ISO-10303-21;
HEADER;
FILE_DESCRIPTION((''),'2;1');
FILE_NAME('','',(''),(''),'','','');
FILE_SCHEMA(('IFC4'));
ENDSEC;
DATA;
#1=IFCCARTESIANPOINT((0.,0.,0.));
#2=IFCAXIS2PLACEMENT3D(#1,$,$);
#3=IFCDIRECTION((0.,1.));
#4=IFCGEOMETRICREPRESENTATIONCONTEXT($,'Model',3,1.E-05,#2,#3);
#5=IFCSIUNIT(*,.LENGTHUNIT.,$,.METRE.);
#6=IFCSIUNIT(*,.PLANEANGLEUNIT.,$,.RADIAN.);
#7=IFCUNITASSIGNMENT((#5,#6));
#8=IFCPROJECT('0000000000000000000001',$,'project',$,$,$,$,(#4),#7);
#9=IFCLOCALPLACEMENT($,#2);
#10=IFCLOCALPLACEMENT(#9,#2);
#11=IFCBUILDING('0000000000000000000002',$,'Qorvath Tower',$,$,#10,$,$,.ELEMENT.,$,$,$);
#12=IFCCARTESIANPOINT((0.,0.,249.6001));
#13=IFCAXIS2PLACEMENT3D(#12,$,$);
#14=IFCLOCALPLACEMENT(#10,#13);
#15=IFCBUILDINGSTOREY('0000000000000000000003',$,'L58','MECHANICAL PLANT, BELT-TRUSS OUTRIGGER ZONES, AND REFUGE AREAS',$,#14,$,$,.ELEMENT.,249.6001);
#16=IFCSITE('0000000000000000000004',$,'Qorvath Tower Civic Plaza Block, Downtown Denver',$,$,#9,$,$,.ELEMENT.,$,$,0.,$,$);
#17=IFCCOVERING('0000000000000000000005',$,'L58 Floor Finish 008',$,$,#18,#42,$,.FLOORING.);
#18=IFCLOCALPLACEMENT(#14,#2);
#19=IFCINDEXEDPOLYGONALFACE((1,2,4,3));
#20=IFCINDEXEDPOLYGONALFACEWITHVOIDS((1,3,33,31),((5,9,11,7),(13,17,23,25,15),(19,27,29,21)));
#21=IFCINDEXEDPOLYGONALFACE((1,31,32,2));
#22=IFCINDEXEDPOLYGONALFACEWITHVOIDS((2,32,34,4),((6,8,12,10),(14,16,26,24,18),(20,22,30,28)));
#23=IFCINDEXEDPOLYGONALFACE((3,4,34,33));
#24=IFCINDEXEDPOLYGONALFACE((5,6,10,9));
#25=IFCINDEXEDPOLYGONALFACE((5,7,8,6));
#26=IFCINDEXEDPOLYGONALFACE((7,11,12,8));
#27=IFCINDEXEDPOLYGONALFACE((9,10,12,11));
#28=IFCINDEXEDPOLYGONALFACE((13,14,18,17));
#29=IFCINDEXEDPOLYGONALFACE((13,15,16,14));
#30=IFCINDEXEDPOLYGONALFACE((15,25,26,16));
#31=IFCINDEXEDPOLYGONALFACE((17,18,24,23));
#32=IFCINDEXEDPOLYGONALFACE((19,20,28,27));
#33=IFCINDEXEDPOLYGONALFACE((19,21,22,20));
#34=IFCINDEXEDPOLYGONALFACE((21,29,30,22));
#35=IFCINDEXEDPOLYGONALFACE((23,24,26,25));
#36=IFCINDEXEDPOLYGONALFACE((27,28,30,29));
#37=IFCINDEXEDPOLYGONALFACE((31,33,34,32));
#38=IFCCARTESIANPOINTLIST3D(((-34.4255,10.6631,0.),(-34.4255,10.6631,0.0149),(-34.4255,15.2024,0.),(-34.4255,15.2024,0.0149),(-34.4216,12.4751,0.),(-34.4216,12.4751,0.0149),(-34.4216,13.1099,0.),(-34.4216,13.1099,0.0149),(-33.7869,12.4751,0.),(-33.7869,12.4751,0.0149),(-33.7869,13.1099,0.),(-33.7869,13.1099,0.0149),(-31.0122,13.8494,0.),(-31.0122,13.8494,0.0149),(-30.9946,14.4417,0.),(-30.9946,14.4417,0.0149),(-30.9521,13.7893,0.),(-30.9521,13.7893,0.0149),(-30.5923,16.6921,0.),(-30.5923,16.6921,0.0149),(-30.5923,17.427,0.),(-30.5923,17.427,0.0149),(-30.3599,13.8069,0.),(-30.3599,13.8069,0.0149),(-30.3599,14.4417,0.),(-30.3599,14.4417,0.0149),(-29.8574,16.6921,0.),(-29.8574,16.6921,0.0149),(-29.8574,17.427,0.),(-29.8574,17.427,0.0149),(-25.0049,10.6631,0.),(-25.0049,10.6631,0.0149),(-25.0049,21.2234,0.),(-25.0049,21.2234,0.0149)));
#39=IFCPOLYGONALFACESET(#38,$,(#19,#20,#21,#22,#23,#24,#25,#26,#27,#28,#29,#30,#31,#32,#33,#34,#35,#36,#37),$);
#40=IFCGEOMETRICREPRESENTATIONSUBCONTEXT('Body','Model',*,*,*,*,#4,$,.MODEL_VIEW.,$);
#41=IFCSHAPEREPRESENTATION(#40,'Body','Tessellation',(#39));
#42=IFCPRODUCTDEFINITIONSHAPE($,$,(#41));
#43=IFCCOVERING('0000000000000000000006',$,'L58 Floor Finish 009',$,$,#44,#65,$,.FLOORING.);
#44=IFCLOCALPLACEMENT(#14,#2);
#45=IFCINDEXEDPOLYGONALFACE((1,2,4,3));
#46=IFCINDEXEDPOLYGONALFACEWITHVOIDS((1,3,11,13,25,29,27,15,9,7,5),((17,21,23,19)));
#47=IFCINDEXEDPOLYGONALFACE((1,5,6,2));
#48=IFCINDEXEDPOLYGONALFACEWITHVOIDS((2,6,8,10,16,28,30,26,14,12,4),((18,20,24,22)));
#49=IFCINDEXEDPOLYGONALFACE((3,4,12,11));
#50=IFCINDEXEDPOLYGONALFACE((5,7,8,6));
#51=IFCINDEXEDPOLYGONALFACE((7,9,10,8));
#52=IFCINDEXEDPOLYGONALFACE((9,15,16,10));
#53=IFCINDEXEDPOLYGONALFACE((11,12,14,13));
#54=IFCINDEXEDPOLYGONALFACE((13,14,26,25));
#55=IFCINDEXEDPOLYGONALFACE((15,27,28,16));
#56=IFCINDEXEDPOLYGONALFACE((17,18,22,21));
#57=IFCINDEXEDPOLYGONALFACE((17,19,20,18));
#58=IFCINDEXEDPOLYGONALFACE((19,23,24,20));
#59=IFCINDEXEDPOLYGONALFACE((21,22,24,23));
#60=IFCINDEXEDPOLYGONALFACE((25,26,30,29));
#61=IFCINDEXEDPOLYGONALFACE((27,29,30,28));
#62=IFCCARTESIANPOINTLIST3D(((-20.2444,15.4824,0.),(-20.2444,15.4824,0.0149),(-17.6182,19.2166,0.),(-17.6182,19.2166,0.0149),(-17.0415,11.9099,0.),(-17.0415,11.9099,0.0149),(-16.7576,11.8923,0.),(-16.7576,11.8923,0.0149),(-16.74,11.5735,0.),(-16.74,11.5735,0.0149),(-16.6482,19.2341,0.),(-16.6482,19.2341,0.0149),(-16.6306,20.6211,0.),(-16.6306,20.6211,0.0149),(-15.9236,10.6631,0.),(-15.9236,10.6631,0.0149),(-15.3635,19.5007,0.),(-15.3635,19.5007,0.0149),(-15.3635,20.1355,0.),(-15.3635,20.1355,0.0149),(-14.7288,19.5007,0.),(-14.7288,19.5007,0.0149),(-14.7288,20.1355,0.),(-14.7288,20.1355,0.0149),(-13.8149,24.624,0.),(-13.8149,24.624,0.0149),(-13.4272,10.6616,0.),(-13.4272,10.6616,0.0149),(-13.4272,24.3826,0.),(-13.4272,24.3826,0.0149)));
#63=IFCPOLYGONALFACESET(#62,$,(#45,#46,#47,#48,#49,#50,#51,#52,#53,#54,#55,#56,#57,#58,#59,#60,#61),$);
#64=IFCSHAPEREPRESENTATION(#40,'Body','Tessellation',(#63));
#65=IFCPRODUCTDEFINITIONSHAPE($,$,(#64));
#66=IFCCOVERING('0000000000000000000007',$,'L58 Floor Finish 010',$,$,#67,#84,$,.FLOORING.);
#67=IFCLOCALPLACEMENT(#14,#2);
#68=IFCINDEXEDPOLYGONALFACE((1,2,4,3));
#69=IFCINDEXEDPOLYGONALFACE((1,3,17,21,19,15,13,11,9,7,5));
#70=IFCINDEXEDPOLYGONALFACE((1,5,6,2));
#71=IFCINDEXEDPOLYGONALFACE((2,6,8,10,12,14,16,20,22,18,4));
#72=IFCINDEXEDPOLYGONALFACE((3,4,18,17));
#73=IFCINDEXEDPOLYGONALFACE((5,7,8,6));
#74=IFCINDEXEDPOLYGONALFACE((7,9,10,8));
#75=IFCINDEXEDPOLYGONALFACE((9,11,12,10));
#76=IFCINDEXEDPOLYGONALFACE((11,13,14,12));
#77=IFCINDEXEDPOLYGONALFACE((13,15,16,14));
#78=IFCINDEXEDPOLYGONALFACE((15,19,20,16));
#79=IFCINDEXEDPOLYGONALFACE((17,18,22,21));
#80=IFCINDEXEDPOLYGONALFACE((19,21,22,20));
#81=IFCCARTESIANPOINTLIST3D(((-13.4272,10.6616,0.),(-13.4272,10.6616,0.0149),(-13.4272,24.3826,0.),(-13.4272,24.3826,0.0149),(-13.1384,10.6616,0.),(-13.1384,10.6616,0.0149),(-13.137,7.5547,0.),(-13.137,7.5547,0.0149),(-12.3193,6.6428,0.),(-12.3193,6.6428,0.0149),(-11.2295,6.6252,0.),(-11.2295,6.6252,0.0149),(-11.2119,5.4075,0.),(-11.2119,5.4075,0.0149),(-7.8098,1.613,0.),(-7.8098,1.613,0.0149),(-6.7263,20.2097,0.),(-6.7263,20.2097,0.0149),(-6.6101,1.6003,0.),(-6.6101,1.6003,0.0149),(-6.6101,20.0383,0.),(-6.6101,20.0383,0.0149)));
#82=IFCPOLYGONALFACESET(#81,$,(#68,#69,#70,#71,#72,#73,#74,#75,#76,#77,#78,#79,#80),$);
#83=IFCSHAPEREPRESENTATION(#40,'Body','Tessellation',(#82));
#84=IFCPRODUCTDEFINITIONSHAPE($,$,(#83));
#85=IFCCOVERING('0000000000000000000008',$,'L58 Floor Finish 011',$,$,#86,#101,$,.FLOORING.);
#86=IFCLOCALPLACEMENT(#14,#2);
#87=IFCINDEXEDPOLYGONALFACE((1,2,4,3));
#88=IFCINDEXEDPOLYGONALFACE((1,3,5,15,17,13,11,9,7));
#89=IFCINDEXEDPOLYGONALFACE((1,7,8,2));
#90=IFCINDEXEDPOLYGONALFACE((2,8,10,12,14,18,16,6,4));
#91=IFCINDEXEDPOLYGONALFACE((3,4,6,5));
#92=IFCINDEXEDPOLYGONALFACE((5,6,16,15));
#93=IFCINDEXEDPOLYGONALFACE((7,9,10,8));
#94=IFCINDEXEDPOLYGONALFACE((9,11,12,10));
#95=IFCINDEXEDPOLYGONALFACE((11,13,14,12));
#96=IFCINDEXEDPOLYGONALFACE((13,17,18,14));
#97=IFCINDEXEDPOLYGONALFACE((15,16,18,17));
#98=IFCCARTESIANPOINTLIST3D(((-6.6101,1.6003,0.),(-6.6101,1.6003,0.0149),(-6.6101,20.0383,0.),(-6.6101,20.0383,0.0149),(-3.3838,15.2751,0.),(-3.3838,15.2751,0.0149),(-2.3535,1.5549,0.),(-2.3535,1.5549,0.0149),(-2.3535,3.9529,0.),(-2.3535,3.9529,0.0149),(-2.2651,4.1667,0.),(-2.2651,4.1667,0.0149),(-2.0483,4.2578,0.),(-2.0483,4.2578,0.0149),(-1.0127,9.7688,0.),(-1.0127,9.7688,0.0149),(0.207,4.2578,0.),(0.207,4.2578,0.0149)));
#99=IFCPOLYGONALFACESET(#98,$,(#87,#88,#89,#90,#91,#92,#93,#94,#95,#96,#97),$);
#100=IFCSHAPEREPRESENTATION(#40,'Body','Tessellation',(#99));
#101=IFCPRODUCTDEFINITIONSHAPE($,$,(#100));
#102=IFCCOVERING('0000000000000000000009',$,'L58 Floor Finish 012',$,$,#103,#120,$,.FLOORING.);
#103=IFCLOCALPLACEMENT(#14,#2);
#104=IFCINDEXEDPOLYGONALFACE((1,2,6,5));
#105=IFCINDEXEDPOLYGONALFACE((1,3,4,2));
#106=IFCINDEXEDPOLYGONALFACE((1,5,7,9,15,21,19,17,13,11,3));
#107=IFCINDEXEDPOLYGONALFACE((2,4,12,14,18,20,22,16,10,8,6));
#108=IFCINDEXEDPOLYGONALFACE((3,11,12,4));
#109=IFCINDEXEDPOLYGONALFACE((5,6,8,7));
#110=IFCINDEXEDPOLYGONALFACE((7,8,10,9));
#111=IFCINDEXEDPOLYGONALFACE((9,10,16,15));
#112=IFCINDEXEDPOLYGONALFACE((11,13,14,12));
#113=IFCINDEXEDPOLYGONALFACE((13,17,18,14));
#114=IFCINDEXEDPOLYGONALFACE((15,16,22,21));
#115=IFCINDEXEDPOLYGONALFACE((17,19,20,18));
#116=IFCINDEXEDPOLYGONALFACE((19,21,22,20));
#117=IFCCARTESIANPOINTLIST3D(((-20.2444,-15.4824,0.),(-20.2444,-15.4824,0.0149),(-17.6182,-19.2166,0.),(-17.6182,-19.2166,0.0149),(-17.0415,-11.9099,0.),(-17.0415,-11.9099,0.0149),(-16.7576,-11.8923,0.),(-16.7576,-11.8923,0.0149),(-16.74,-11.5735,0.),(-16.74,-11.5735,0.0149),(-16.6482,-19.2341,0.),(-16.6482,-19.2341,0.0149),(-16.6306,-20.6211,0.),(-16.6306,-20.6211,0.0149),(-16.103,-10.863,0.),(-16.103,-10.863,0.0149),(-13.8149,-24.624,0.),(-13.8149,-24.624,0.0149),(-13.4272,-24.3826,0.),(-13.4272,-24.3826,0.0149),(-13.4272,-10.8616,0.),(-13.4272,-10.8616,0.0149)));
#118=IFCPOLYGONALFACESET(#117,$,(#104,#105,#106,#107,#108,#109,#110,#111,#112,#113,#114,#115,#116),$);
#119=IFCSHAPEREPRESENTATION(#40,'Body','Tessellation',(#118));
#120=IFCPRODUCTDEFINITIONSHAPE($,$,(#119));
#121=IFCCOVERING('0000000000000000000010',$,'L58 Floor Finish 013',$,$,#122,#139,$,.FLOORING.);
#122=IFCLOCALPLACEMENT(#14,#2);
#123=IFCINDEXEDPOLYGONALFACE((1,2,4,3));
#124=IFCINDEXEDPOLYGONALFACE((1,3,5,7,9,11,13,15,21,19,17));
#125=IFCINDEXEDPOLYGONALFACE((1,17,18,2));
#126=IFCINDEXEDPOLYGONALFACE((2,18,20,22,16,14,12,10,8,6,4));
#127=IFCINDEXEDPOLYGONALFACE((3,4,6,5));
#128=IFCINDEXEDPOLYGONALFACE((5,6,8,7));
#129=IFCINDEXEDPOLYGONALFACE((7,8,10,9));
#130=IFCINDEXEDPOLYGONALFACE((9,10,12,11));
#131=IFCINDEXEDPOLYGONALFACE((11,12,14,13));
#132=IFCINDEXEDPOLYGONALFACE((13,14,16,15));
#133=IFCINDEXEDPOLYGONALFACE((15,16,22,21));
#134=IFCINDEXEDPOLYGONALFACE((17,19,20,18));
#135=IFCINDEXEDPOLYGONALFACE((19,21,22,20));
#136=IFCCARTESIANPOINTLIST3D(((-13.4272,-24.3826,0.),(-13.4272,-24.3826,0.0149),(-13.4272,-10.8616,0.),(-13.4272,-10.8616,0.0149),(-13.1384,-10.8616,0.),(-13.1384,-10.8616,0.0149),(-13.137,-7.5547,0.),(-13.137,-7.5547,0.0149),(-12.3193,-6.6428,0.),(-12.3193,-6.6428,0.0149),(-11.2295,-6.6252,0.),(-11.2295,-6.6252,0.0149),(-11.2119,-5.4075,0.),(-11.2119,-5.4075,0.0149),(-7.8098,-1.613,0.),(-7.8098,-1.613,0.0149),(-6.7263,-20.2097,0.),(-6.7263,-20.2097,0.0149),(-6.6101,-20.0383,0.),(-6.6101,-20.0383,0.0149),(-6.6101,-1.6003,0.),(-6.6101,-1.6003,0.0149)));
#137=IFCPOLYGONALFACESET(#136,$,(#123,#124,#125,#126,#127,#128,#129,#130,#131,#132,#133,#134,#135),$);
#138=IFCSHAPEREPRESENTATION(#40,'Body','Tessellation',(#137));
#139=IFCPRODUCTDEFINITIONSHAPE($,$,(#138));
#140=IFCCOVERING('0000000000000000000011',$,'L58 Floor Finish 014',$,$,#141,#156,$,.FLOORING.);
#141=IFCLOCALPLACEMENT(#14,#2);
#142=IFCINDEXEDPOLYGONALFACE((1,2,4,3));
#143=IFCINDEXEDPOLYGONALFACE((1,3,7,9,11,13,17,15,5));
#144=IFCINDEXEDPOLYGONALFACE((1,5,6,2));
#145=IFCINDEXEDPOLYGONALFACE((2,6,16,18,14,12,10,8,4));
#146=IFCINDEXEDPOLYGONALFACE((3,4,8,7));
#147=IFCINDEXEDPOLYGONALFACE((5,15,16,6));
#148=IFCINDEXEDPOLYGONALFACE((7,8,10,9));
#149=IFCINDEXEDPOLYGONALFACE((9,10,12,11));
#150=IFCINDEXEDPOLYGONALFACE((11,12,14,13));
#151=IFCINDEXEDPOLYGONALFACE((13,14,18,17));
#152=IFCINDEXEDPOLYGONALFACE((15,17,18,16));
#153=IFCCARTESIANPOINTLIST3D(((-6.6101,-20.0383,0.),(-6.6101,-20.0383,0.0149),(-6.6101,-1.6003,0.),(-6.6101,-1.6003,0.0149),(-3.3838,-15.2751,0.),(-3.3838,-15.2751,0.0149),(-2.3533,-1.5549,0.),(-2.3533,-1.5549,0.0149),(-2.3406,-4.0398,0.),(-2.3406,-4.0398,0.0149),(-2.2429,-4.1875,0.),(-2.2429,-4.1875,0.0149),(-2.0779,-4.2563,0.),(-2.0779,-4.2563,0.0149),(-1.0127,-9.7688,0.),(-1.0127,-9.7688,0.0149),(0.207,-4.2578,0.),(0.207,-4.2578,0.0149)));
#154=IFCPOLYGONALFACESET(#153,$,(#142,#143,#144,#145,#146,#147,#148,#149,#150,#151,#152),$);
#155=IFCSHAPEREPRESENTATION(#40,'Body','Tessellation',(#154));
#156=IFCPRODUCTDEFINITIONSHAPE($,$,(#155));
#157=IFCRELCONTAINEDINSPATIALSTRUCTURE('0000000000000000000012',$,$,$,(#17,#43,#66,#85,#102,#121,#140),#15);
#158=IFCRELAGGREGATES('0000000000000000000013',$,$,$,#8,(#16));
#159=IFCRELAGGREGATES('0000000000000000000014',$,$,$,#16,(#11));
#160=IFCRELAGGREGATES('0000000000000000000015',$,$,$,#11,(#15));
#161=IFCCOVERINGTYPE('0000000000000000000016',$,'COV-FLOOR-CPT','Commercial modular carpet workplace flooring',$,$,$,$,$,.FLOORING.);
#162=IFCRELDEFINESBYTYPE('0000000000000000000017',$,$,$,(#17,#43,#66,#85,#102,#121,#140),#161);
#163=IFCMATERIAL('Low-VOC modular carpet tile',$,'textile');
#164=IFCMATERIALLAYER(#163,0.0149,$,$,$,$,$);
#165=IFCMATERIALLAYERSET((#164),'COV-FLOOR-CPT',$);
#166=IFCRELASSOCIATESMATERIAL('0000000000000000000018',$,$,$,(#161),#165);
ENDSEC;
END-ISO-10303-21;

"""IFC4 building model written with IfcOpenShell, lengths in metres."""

from ifc_helpers import new_model, si_unit, direction, frame, origin, place, context, subcontext, project, spatial, polyline, outline, extrude, material, layer, layer_set, type_object, element, save


model = new_model("IFC4")

# Units and contexts
model_context = context("Model", 3, precision=1e-05, world=origin(), true_north=direction((0.0, 1.0)))
body_context = subcontext(model_context, "Body", "Model", "MODEL_VIEW")
ifc_project = project(units=[si_unit("LENGTHUNIT", "METRE"), si_unit("PLANEANGLEUNIT", "RADIAN")], contexts=[model_context])

# Site, building, storey
site_placement = place(None, origin())
site = spatial("IfcSite", under=ifc_project, at=site_placement, Name="Qorvath Tower Civic Plaza Block, Downtown Denver", CompositionType="ELEMENT", RefElevation=0.0)
building_placement = place(site_placement, origin())
building = spatial("IfcBuilding", under=site, at=building_placement, Name="Qorvath Tower", CompositionType="ELEMENT")
storey_placement = place(building_placement, frame((0.0, 0.0, 249.6001)))
storey = spatial("IfcBuildingStorey", under=building, at=storey_placement, Name="L58", Description="MECHANICAL PLANT, BELT-TRUSS OUTRIGGER ZONES, AND REFUGE AREAS", CompositionType="ELEMENT", Elevation=249.6001)

# Coverings
ifc_material_1 = material(Name="Low-VOC modular carpet tile", Category="textile")
ifc_layer_1 = layer(ifc_material_1, 0.0149)
ifc_layer_set_1 = layer_set([ifc_layer_1], Name="COV-FLOOR-CPT")
covering_type = type_object("IfcCoveringType", Name="COV-FLOOR-CPT", Description="Commercial modular carpet workplace flooring", PredefinedType="FLOORING", material=ifc_layer_set_1)
covering_1_placement = place(storey_placement, origin())
element("IfcCovering", 1, at=covering_1_placement, inside=storey, type_object=covering_type, Name="L58 Floor Finish 008", PredefinedType="FLOORING", context=body_context, shape_type="SweptSolid", body=[
    extrude(outline(polyline([(-34.4255, 15.2024), (-34.4255, 10.6631), (-25.0049, 10.6631), (-25.0049, 21.2234), (-34.4255, 15.2024)]), holes=[polyline([(-30.5923, 16.6921), (-30.5923, 17.427), (-29.8574, 17.427), (-29.8574, 16.6921), (-30.5923, 16.6921)]), polyline([(-31.0122, 13.8494), (-30.9946, 14.4417), (-30.3599, 14.4417), (-30.3599, 13.8069), (-30.9521, 13.7893), (-31.0122, 13.8494)]), polyline([(-34.4216, 12.4751), (-34.4216, 13.1099), (-33.7869, 13.1099), (-33.7869, 12.4751), (-34.4216, 12.4751)])]), origin(), (0.0, 0.0, 1.0), 0.0149),
])
covering_2_placement = place(storey_placement, origin())
element("IfcCovering", 2, at=covering_2_placement, inside=storey, type_object=covering_type, Name="L58 Floor Finish 009", PredefinedType="FLOORING", context=body_context, shape_type="SweptSolid", body=[
    extrude(outline(polyline([(-13.4272, 10.6616), (-13.4272, 24.3826), (-13.8149, 24.624), (-16.6306, 20.6211), (-16.6482, 19.2341), (-17.6182, 19.2166), (-20.2444, 15.4824), (-17.0415, 11.9099), (-16.7576, 11.8923), (-16.74, 11.5735), (-15.9236, 10.6631), (-13.4272, 10.6616)]), holes=[polyline([(-15.3635, 19.5007), (-15.3635, 20.1355), (-14.7288, 20.1355), (-14.7288, 19.5007), (-15.3635, 19.5007)])]), origin(), (0.0, 0.0, 1.0), 0.0149),
])
covering_3_placement = place(storey_placement, origin())
element("IfcCovering", 3, at=covering_3_placement, inside=storey, type_object=covering_type, Name="L58 Floor Finish 010", PredefinedType="FLOORING", context=body_context, shape_type="SweptSolid", body=[
    extrude(outline(polyline([(-6.6101, 1.6003), (-6.6101, 20.0383), (-6.7263, 20.2097), (-13.4272, 24.3826), (-13.4272, 10.6616), (-13.1384, 10.6616), (-13.137, 7.5547), (-12.3193, 6.6428), (-11.2295, 6.6252), (-11.2119, 5.4075), (-7.8098, 1.613), (-6.6101, 1.6003)])), origin(), (0.0, 0.0, 1.0), 0.0149),
])
covering_4_placement = place(storey_placement, origin())
element("IfcCovering", 4, at=covering_4_placement, inside=storey, type_object=covering_type, Name="L58 Floor Finish 011", PredefinedType="FLOORING", context=body_context, shape_type="SweptSolid", body=[
    extrude(outline(polyline([(0.207, 4.2578), (-1.0127, 9.7688), (-3.3838, 15.2751), (-6.6101, 20.0383), (-6.6101, 1.6003), (-2.3535, 1.5549), (-2.3535, 3.9529), (-2.2651, 4.1667), (-2.0483, 4.2578), (0.207, 4.2578)])), origin(), (0.0, 0.0, 1.0), 0.0149),
])
covering_5_placement = place(storey_placement, origin())
element("IfcCovering", 5, at=covering_5_placement, inside=storey, type_object=covering_type, Name="L58 Floor Finish 012", PredefinedType="FLOORING", context=body_context, shape_type="SweptSolid", body=[
    extrude(outline(polyline([(-13.4272, -24.3826), (-13.4272, -10.8616), (-16.103, -10.863), (-16.74, -11.5735), (-16.7576, -11.8923), (-17.0415, -11.9099), (-20.2444, -15.4824), (-17.6182, -19.2166), (-16.6482, -19.2341), (-16.6306, -20.6211), (-13.8149, -24.624), (-13.4272, -24.3826)])), origin(), (0.0, 0.0, 1.0), 0.0149),
])
covering_6_placement = place(storey_placement, origin())
element("IfcCovering", 6, at=covering_6_placement, inside=storey, type_object=covering_type, Name="L58 Floor Finish 013", PredefinedType="FLOORING", context=body_context, shape_type="SweptSolid", body=[
    extrude(outline(polyline([(-6.6101, -20.0383), (-6.6101, -1.6003), (-7.8098, -1.613), (-11.2119, -5.4075), (-11.2295, -6.6252), (-12.3193, -6.6428), (-13.137, -7.5547), (-13.1384, -10.8616), (-13.4272, -10.8616), (-13.4272, -24.3826), (-6.7263, -20.2097), (-6.6101, -20.0383)])), origin(), (0.0, 0.0, 1.0), 0.0149),
])
covering_7_placement = place(storey_placement, origin())
element("IfcCovering", 7, at=covering_7_placement, inside=storey, type_object=covering_type, Name="L58 Floor Finish 014", PredefinedType="FLOORING", context=body_context, shape_type="SweptSolid", body=[
    extrude(outline(polyline([(-2.2429, -4.1875), (-2.3406, -4.0398), (-2.3533, -1.5549), (-6.6101, -1.6003), (-6.6101, -20.0383), (-3.3838, -15.2751), (-1.0127, -9.7688), (0.207, -4.2578), (-2.0779, -4.2563), (-2.2429, -4.1875)])), origin(), (0.0, 0.0, 1.0), 0.0149),
])

save(model, "model.ifc")
